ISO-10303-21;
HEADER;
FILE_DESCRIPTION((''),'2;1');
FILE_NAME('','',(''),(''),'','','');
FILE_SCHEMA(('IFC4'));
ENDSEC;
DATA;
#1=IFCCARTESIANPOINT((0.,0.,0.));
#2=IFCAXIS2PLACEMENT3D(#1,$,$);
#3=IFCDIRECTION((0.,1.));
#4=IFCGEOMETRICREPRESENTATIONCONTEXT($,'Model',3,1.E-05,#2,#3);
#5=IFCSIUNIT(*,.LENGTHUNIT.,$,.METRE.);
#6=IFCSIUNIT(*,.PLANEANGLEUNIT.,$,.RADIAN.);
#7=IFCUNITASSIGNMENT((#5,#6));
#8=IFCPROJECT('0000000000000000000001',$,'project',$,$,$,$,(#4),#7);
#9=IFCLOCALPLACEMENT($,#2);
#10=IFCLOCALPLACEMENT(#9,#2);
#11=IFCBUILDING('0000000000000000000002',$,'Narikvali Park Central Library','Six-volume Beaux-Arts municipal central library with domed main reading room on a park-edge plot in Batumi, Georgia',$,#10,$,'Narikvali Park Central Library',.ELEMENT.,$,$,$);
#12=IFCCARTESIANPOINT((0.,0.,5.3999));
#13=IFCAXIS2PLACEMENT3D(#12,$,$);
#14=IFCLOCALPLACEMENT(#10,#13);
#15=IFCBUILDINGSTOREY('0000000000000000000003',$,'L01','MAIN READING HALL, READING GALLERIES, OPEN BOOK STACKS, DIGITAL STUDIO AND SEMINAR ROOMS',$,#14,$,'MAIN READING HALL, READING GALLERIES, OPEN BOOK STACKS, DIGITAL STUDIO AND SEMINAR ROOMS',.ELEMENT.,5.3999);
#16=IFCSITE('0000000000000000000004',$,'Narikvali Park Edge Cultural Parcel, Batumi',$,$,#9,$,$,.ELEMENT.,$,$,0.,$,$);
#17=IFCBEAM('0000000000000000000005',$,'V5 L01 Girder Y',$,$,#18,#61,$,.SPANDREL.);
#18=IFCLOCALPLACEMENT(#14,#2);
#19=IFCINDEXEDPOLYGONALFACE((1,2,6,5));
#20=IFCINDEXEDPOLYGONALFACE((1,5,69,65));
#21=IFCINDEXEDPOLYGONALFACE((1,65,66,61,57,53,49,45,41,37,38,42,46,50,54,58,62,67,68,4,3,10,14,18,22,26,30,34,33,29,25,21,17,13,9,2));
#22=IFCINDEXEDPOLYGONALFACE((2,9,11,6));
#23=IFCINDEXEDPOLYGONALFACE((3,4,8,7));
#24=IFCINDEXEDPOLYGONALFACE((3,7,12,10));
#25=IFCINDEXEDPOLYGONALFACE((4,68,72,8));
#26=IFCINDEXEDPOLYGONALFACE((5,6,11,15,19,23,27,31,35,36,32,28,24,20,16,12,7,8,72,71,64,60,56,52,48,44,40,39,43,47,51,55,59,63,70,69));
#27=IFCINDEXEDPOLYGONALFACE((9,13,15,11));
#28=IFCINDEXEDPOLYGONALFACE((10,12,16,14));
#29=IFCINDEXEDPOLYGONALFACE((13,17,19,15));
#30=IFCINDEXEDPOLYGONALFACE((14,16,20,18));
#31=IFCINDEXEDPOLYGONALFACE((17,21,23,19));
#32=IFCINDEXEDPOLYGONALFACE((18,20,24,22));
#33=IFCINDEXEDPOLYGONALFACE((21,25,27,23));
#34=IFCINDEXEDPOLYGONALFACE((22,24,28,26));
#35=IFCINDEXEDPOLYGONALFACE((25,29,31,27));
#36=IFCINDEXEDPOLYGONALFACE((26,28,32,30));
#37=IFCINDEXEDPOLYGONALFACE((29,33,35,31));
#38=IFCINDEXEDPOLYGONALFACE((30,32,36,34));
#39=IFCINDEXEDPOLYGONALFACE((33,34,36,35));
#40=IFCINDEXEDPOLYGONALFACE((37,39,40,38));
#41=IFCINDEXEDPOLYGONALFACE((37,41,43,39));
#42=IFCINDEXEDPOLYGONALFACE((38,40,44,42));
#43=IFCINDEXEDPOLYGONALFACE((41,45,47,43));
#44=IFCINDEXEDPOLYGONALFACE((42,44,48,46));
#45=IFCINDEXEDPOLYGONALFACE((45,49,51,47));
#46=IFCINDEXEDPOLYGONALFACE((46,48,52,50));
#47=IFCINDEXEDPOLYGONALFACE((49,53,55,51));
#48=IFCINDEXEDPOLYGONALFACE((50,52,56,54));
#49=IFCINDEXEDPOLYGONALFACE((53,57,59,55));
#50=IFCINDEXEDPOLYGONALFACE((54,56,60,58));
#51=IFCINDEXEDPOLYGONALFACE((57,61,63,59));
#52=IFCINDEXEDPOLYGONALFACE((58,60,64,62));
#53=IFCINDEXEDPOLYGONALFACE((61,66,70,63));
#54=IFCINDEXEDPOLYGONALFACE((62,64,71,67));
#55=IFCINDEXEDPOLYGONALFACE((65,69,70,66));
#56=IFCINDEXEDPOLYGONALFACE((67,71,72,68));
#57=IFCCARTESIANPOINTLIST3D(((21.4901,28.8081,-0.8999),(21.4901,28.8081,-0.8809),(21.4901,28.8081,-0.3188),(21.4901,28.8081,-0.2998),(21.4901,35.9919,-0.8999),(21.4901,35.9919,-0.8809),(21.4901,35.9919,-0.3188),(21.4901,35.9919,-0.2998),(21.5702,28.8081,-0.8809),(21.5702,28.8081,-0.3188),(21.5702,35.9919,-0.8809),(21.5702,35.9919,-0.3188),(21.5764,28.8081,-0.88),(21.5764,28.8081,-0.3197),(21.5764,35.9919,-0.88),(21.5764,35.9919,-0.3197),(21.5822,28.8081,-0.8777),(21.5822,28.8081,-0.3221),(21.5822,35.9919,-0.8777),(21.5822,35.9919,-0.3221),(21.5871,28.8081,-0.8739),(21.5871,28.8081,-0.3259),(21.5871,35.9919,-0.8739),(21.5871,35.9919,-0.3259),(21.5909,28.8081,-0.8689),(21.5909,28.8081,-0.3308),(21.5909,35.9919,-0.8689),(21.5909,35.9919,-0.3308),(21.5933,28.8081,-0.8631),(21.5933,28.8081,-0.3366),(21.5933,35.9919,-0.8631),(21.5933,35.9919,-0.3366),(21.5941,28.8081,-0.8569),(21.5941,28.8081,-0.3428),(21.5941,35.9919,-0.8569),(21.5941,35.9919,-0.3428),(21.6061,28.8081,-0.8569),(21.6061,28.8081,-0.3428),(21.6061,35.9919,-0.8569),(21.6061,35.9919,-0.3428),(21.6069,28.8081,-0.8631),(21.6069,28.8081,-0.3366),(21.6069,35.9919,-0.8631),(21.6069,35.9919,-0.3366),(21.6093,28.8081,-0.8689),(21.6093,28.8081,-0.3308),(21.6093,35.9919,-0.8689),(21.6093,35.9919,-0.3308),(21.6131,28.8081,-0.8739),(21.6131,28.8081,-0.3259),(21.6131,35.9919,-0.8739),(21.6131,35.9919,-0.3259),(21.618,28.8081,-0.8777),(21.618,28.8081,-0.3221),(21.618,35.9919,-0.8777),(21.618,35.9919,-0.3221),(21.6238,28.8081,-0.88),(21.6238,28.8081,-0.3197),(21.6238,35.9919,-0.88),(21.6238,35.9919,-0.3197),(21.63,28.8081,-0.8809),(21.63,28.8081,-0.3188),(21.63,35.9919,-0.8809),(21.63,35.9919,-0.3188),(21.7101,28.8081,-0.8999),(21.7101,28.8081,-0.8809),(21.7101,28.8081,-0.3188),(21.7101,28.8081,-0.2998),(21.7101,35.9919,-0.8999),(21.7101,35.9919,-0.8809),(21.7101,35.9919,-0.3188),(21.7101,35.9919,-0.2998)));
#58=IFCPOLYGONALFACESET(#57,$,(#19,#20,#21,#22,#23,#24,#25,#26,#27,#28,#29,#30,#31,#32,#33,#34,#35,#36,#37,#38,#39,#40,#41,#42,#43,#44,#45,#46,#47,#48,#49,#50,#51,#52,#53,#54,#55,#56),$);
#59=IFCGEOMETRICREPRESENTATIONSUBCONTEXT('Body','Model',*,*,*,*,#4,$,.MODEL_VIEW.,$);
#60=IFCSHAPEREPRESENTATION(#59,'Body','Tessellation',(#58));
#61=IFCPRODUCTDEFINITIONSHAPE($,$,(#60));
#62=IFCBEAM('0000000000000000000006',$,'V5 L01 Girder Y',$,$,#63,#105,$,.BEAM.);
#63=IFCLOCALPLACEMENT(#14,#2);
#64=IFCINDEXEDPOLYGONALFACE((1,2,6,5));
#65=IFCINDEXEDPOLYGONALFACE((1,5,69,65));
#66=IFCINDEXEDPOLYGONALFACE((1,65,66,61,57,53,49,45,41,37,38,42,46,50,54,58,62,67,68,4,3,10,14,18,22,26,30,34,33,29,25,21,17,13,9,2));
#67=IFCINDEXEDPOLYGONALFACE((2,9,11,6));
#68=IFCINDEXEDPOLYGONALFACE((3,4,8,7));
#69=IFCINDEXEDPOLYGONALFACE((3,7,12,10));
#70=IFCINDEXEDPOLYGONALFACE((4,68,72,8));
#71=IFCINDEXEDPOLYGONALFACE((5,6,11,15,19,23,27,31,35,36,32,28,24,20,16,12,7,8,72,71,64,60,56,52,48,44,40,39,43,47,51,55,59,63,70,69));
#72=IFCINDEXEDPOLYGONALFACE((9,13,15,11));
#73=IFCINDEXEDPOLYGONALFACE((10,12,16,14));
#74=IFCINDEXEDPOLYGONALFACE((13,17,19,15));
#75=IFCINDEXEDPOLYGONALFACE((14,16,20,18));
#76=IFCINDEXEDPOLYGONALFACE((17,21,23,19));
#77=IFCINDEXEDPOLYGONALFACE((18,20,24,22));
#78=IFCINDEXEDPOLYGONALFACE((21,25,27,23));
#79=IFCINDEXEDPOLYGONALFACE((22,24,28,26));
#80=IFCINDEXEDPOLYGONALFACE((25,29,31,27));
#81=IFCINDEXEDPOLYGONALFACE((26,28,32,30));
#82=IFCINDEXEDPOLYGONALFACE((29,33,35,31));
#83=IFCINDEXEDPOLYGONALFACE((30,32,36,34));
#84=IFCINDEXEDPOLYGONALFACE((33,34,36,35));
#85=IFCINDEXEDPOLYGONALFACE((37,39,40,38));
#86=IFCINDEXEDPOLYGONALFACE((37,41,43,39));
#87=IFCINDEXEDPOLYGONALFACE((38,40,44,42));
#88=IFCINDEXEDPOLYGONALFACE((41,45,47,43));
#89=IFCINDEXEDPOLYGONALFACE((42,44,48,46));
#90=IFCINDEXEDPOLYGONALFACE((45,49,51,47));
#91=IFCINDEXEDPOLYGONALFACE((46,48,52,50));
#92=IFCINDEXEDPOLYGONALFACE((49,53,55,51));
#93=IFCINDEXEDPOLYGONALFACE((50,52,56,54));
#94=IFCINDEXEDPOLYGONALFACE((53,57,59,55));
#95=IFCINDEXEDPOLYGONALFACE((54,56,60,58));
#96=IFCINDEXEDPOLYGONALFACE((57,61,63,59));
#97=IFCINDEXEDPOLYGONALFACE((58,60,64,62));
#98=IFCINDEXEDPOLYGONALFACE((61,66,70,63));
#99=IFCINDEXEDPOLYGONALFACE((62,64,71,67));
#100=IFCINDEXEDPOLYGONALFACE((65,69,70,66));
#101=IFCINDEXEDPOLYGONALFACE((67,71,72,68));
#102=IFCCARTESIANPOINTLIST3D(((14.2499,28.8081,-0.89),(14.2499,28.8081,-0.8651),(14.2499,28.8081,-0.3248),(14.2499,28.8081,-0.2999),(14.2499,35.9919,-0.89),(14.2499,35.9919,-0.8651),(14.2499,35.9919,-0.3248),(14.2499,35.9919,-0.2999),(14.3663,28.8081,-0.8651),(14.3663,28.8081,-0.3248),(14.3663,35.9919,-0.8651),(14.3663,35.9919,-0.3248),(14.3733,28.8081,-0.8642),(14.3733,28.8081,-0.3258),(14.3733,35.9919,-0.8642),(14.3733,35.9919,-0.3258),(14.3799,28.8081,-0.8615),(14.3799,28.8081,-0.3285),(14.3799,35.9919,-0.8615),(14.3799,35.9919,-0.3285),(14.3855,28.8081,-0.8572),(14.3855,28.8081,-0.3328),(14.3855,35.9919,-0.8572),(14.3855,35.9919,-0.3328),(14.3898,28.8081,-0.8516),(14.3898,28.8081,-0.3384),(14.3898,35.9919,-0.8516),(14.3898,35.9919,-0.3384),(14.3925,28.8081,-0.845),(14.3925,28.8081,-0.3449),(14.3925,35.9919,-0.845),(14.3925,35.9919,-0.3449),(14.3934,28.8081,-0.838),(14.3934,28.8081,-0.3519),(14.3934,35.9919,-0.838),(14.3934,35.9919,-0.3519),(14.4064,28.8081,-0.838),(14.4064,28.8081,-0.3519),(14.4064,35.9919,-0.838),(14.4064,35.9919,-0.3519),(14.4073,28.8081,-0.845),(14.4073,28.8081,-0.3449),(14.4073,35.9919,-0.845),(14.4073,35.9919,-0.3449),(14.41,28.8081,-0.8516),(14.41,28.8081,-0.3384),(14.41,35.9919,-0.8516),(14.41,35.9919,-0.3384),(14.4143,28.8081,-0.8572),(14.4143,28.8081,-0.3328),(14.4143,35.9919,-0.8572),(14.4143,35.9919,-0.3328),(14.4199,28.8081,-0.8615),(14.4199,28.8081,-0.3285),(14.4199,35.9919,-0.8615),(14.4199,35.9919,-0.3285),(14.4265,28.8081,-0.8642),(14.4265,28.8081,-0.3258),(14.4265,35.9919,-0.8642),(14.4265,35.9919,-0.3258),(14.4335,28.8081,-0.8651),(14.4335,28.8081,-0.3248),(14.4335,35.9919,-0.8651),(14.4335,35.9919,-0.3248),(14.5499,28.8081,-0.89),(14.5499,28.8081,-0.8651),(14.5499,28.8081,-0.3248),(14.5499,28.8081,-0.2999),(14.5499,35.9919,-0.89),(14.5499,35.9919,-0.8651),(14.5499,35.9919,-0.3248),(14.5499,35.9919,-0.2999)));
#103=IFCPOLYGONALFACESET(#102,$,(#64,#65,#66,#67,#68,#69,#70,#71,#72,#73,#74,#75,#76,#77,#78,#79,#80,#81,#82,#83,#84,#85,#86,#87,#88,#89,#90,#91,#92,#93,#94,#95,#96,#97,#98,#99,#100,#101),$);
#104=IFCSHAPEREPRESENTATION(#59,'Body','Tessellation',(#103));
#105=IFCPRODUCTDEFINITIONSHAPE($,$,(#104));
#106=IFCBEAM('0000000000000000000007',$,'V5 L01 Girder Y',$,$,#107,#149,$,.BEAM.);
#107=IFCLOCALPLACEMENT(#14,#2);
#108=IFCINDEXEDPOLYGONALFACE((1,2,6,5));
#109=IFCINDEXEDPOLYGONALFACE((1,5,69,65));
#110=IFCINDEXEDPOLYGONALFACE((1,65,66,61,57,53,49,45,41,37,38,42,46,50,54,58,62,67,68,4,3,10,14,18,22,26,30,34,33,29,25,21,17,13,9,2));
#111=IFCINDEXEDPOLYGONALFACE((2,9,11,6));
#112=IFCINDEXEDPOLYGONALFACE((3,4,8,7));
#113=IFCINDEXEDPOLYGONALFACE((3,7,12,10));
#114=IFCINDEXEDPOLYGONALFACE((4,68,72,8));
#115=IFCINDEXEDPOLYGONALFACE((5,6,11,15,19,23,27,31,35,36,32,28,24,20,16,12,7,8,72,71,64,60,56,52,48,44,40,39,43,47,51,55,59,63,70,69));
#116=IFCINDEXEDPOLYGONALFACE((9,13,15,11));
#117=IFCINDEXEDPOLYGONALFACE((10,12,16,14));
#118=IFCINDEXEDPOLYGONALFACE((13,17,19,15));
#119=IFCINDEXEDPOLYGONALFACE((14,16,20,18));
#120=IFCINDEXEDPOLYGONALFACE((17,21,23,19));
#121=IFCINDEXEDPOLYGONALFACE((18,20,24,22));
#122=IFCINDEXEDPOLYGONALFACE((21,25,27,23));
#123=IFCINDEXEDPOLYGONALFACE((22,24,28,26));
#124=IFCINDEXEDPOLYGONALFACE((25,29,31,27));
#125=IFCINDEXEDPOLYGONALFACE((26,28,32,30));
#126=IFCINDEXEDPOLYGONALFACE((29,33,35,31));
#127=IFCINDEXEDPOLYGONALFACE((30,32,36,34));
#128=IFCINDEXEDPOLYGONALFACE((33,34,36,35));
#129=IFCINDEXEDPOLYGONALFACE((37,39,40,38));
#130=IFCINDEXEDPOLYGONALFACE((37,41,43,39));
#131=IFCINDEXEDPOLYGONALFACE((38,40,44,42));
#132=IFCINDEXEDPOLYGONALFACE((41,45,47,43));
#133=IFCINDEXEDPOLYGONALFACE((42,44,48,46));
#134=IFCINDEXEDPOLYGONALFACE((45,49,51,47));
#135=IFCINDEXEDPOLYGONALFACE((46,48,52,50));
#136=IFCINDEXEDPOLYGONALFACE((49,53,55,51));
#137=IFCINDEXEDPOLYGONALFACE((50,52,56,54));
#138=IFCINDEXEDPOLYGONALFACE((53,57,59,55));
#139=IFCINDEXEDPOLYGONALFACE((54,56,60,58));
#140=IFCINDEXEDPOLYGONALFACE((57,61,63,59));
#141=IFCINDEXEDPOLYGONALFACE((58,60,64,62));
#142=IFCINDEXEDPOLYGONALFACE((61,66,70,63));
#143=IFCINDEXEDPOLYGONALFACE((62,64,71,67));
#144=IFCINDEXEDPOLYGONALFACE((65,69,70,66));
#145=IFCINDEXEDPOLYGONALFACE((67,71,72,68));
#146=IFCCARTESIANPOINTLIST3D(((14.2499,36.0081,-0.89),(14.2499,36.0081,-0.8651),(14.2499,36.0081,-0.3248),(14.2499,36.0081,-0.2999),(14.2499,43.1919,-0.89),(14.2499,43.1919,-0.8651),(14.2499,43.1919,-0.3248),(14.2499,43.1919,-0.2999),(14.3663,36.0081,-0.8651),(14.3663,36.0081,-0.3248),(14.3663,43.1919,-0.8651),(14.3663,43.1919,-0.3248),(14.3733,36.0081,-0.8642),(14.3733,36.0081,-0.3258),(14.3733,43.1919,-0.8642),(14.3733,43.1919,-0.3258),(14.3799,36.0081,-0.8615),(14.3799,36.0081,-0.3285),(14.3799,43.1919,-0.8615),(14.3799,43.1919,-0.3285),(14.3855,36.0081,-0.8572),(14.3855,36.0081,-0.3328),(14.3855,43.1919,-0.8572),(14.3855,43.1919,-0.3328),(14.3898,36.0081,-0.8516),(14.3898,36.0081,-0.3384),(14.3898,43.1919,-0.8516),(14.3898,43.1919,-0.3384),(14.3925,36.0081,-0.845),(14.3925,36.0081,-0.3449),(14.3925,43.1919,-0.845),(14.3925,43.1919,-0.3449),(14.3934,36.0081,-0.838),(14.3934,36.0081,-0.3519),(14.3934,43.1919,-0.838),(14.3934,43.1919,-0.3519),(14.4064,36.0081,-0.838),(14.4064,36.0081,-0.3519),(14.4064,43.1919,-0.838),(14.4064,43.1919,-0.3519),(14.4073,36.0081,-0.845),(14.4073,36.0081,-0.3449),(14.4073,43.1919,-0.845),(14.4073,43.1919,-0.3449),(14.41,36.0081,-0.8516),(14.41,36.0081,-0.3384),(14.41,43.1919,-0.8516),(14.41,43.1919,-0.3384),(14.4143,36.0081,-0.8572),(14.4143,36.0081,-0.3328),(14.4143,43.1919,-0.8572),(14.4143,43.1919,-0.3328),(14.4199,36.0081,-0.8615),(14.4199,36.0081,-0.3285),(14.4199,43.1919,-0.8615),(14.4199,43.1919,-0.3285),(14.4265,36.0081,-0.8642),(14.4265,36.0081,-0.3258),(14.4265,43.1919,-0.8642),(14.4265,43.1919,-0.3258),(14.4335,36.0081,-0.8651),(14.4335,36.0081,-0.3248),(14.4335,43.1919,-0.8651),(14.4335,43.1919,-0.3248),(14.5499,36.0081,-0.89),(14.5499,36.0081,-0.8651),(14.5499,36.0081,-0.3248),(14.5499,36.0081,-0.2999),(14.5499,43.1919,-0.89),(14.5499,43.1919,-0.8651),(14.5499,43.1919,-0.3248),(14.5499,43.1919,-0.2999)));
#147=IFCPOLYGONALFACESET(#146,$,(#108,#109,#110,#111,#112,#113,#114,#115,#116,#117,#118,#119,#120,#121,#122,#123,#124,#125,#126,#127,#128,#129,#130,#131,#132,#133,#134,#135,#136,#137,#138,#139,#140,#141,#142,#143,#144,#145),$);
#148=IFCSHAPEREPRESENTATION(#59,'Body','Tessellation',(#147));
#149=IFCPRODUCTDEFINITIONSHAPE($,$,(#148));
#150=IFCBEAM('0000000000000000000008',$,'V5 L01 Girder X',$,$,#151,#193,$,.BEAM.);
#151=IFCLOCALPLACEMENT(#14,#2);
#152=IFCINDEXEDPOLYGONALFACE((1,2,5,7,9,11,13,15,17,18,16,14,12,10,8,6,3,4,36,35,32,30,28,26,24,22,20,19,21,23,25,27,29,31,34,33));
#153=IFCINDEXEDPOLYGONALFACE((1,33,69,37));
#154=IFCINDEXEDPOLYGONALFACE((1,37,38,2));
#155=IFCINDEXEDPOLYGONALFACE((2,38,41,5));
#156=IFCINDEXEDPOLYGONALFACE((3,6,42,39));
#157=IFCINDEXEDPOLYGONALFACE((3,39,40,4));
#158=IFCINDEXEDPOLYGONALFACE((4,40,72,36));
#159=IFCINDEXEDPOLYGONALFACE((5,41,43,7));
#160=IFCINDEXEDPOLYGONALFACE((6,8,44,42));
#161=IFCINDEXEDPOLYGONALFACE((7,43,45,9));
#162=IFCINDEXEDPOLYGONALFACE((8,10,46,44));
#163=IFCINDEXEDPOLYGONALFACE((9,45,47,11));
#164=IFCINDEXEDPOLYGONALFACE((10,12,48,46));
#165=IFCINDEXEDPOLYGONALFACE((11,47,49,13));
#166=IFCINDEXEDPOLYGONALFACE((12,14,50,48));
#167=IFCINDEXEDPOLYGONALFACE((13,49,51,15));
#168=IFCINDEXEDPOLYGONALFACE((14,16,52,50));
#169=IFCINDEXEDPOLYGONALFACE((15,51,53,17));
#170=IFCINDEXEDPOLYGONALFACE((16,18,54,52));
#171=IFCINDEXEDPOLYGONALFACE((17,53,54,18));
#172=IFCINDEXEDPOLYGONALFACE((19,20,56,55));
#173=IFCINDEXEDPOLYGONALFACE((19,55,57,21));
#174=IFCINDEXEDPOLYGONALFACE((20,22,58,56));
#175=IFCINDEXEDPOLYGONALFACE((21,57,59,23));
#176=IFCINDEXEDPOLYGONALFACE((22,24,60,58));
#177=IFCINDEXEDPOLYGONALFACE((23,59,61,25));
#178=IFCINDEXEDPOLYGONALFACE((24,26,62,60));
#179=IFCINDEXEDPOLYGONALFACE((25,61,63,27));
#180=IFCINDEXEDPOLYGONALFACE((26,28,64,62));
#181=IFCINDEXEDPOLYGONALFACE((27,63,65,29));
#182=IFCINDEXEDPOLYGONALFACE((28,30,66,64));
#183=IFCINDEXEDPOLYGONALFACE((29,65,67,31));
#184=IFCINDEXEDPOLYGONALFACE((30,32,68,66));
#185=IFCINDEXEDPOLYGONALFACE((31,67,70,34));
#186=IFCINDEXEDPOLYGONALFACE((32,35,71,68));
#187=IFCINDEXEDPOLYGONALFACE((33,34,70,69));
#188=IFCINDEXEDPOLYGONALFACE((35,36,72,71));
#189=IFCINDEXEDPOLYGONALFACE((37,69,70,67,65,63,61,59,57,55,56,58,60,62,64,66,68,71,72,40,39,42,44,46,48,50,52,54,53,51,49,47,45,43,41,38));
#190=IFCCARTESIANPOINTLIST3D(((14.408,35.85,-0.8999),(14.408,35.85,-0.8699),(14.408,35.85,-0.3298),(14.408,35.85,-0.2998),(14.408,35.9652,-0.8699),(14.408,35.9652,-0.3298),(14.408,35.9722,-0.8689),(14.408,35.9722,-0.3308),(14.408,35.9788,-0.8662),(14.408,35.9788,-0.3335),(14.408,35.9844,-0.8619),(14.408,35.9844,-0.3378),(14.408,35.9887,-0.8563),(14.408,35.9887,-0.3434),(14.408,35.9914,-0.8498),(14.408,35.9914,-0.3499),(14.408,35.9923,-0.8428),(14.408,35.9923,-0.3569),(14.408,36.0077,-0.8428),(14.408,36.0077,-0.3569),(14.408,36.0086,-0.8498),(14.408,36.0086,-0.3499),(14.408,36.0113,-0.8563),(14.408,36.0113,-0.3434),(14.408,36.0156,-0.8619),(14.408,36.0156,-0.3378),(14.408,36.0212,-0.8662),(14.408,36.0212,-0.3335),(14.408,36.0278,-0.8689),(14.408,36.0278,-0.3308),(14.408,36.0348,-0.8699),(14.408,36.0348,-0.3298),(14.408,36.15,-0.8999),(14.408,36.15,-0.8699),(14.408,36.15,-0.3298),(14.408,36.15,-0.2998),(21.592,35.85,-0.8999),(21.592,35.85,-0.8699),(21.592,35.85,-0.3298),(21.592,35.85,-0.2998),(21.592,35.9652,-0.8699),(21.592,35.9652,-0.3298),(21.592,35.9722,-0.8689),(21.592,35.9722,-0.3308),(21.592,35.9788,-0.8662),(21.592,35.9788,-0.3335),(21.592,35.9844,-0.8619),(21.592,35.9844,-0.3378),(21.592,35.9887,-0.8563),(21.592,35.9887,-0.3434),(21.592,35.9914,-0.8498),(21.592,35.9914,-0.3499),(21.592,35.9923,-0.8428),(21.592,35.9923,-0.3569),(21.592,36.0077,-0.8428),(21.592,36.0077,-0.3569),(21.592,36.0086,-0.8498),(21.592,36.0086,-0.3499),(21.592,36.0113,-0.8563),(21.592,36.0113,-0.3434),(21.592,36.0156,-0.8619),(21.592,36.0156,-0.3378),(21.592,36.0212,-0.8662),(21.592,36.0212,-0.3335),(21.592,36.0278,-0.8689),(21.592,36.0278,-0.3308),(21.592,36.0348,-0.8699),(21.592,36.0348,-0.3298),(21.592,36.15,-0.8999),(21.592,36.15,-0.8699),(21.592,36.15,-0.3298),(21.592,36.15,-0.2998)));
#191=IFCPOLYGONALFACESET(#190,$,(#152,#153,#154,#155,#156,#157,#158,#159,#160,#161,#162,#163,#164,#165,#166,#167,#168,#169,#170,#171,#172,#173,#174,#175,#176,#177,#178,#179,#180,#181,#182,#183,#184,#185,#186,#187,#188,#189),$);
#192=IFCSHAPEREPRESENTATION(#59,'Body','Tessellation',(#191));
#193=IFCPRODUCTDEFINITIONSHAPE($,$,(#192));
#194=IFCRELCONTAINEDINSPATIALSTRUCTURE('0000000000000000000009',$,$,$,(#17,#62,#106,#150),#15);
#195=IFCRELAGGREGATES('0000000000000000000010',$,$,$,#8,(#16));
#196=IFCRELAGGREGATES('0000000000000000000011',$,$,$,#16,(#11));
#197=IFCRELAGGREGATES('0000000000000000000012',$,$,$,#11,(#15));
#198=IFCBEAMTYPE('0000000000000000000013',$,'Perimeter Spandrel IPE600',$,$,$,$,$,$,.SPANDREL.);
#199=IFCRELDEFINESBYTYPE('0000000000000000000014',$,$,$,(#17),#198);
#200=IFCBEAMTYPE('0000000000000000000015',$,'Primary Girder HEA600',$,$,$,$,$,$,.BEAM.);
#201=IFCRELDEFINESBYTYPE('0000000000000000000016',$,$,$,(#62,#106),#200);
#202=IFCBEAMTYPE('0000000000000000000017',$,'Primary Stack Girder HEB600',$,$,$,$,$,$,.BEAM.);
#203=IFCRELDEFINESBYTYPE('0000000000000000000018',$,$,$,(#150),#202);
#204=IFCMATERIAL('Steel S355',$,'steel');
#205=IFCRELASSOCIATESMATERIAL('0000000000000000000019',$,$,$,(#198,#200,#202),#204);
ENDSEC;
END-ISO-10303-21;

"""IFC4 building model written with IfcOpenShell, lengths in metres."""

from ifc_helpers import new_model, si_unit, direction, frame, origin, origin_2d, place, context, subcontext, project, spatial, i_section, extrude, material, material_profile, profile_set, type_object, element, save


model = new_model("IFC4")

# Units and contexts
model_context = context("Model", 3, precision=1e-05, world=origin(), true_north=direction((0.0, 1.0)))
body_context = subcontext(model_context, "Body", "Model", "MODEL_VIEW")
ifc_project = project(units=[si_unit("LENGTHUNIT", "METRE"), si_unit("PLANEANGLEUNIT", "RADIAN")], contexts=[model_context])

# Site, building, storey
site_placement = place(None, origin())
site = spatial("IfcSite", under=ifc_project, at=site_placement, Name="Narikvali Park Edge Cultural Parcel, Batumi", CompositionType="ELEMENT", RefElevation=0.0)
building_placement = place(site_placement, origin())
building = spatial("IfcBuilding", under=site, at=building_placement, Name="Narikvali Park Central Library", Description="Six-volume Beaux-Arts municipal central library with domed main reading room on a park-edge plot in Batumi, Georgia", LongName="Narikvali Park Central Library", CompositionType="ELEMENT")
storey_placement = place(building_placement, frame((0.0, 0.0, 5.3999)))
storey = spatial("IfcBuildingStorey", under=building, at=storey_placement, Name="L01", Description="MAIN READING HALL, READING GALLERIES, OPEN BOOK STACKS, DIGITAL STUDIO AND SEMINAR ROOMS", LongName="MAIN READING HALL, READING GALLERIES, OPEN BOOK STACKS, DIGITAL STUDIO AND SEMINAR ROOMS", CompositionType="ELEMENT", Elevation=5.3999)

# Shared definitions
ifc_material_1 = material(Name="Steel S355", Category="steel")

# Beams
ifc_material_profile_1 = material_profile(ifc_material_1, i_section(OverallWidth=0.22, OverallDepth=0.6001, WebThickness=0.012, FlangeThickness=0.019, FilletRadius=0.0239, at=origin_2d()), Name="IPE 600")
ifc_profile_set_1 = profile_set([ifc_material_profile_1], Name="Steel S355")
beam_type_1 = type_object("IfcBeamType", Name="Perimeter Spandrel IPE600", PredefinedType="SPANDREL", material=ifc_profile_set_1)
beam_1_placement = place(storey_placement, frame((21.6001, 28.8081, -0.5999), z_axis=(0.0, 1.0, 0.0), x_axis=(-1.0, 0.0, 0.0)))
element("IfcBeam", 1, at=beam_1_placement, inside=storey, type_object=beam_type_1, Name="V5 L01 Girder Y", PredefinedType="SPANDREL", context=body_context, shape_type="SweptSolid", body=[
    extrude(i_section(OverallWidth=0.22, OverallDepth=0.6001, WebThickness=0.012, FlangeThickness=0.019, FilletRadius=0.0239, at=origin_2d()), origin(), (0.0, 0.0, 1.0), 7.1838),
])
ifc_material_profile_2 = material_profile(ifc_material_1, i_section(OverallWidth=0.3, OverallDepth=0.5901, WebThickness=0.0129, FlangeThickness=0.0249, FilletRadius=0.0271, at=origin_2d()), Name="HEA 600")
ifc_profile_set_2 = profile_set([ifc_material_profile_2], Name="Steel S355")
beam_type_2 = type_object("IfcBeamType", Name="Primary Girder HEA600", PredefinedType="BEAM", material=ifc_profile_set_2)
for number, where, z_axis, x_axis, name in (
    (2, (14.3999, 28.8081, -0.595), (0.0, 1.0, 0.0), (-1.0, 0.0, 0.0), "V5 L01 Girder Y"),
    (3, (14.3999, 36.0081, -0.595), (0.0, 1.0, 0.0), (-1.0, 0.0, 0.0), "V5 L01 Girder Y"),
):
    element("IfcBeam", number, at=place(storey_placement, frame(where, z_axis=z_axis, x_axis=x_axis)), inside=storey, type_object=beam_type_2, Name=name, PredefinedType="BEAM", context=body_context, shape_type="SweptSolid", body=[
        extrude(i_section(OverallWidth=0.3, OverallDepth=0.5901, WebThickness=0.0129, FlangeThickness=0.0249, FilletRadius=0.0271, at=origin_2d()), origin(), (0.0, 0.0, 1.0), 7.1838),
    ])
ifc_material_profile_3 = material_profile(ifc_material_1, i_section(OverallWidth=0.3, OverallDepth=0.6001, WebThickness=0.0154, FlangeThickness=0.03, FilletRadius=0.0271, at=origin_2d()), Name="HEB 600")
ifc_profile_set_3 = profile_set([ifc_material_profile_3], Name="Steel S355")
beam_type_3 = type_object("IfcBeamType", Name="Primary Stack Girder HEB600", PredefinedType="BEAM", material=ifc_profile_set_3)
beam_2_placement = place(storey_placement, frame((14.408, 36.0, -0.5999), z_axis=(1.0, 0.0, 0.0), x_axis=(0.0, 1.0, 0.0)))
element("IfcBeam", 4, at=beam_2_placement, inside=storey, type_object=beam_type_3, Name="V5 L01 Girder X", PredefinedType="BEAM", context=body_context, shape_type="SweptSolid", body=[
    extrude(i_section(OverallWidth=0.3, OverallDepth=0.6001, WebThickness=0.0154, FlangeThickness=0.03, FilletRadius=0.0271, at=origin_2d()), origin(), (0.0, 0.0, 1.0), 7.1841),
])

save(model, "model.ifc")
